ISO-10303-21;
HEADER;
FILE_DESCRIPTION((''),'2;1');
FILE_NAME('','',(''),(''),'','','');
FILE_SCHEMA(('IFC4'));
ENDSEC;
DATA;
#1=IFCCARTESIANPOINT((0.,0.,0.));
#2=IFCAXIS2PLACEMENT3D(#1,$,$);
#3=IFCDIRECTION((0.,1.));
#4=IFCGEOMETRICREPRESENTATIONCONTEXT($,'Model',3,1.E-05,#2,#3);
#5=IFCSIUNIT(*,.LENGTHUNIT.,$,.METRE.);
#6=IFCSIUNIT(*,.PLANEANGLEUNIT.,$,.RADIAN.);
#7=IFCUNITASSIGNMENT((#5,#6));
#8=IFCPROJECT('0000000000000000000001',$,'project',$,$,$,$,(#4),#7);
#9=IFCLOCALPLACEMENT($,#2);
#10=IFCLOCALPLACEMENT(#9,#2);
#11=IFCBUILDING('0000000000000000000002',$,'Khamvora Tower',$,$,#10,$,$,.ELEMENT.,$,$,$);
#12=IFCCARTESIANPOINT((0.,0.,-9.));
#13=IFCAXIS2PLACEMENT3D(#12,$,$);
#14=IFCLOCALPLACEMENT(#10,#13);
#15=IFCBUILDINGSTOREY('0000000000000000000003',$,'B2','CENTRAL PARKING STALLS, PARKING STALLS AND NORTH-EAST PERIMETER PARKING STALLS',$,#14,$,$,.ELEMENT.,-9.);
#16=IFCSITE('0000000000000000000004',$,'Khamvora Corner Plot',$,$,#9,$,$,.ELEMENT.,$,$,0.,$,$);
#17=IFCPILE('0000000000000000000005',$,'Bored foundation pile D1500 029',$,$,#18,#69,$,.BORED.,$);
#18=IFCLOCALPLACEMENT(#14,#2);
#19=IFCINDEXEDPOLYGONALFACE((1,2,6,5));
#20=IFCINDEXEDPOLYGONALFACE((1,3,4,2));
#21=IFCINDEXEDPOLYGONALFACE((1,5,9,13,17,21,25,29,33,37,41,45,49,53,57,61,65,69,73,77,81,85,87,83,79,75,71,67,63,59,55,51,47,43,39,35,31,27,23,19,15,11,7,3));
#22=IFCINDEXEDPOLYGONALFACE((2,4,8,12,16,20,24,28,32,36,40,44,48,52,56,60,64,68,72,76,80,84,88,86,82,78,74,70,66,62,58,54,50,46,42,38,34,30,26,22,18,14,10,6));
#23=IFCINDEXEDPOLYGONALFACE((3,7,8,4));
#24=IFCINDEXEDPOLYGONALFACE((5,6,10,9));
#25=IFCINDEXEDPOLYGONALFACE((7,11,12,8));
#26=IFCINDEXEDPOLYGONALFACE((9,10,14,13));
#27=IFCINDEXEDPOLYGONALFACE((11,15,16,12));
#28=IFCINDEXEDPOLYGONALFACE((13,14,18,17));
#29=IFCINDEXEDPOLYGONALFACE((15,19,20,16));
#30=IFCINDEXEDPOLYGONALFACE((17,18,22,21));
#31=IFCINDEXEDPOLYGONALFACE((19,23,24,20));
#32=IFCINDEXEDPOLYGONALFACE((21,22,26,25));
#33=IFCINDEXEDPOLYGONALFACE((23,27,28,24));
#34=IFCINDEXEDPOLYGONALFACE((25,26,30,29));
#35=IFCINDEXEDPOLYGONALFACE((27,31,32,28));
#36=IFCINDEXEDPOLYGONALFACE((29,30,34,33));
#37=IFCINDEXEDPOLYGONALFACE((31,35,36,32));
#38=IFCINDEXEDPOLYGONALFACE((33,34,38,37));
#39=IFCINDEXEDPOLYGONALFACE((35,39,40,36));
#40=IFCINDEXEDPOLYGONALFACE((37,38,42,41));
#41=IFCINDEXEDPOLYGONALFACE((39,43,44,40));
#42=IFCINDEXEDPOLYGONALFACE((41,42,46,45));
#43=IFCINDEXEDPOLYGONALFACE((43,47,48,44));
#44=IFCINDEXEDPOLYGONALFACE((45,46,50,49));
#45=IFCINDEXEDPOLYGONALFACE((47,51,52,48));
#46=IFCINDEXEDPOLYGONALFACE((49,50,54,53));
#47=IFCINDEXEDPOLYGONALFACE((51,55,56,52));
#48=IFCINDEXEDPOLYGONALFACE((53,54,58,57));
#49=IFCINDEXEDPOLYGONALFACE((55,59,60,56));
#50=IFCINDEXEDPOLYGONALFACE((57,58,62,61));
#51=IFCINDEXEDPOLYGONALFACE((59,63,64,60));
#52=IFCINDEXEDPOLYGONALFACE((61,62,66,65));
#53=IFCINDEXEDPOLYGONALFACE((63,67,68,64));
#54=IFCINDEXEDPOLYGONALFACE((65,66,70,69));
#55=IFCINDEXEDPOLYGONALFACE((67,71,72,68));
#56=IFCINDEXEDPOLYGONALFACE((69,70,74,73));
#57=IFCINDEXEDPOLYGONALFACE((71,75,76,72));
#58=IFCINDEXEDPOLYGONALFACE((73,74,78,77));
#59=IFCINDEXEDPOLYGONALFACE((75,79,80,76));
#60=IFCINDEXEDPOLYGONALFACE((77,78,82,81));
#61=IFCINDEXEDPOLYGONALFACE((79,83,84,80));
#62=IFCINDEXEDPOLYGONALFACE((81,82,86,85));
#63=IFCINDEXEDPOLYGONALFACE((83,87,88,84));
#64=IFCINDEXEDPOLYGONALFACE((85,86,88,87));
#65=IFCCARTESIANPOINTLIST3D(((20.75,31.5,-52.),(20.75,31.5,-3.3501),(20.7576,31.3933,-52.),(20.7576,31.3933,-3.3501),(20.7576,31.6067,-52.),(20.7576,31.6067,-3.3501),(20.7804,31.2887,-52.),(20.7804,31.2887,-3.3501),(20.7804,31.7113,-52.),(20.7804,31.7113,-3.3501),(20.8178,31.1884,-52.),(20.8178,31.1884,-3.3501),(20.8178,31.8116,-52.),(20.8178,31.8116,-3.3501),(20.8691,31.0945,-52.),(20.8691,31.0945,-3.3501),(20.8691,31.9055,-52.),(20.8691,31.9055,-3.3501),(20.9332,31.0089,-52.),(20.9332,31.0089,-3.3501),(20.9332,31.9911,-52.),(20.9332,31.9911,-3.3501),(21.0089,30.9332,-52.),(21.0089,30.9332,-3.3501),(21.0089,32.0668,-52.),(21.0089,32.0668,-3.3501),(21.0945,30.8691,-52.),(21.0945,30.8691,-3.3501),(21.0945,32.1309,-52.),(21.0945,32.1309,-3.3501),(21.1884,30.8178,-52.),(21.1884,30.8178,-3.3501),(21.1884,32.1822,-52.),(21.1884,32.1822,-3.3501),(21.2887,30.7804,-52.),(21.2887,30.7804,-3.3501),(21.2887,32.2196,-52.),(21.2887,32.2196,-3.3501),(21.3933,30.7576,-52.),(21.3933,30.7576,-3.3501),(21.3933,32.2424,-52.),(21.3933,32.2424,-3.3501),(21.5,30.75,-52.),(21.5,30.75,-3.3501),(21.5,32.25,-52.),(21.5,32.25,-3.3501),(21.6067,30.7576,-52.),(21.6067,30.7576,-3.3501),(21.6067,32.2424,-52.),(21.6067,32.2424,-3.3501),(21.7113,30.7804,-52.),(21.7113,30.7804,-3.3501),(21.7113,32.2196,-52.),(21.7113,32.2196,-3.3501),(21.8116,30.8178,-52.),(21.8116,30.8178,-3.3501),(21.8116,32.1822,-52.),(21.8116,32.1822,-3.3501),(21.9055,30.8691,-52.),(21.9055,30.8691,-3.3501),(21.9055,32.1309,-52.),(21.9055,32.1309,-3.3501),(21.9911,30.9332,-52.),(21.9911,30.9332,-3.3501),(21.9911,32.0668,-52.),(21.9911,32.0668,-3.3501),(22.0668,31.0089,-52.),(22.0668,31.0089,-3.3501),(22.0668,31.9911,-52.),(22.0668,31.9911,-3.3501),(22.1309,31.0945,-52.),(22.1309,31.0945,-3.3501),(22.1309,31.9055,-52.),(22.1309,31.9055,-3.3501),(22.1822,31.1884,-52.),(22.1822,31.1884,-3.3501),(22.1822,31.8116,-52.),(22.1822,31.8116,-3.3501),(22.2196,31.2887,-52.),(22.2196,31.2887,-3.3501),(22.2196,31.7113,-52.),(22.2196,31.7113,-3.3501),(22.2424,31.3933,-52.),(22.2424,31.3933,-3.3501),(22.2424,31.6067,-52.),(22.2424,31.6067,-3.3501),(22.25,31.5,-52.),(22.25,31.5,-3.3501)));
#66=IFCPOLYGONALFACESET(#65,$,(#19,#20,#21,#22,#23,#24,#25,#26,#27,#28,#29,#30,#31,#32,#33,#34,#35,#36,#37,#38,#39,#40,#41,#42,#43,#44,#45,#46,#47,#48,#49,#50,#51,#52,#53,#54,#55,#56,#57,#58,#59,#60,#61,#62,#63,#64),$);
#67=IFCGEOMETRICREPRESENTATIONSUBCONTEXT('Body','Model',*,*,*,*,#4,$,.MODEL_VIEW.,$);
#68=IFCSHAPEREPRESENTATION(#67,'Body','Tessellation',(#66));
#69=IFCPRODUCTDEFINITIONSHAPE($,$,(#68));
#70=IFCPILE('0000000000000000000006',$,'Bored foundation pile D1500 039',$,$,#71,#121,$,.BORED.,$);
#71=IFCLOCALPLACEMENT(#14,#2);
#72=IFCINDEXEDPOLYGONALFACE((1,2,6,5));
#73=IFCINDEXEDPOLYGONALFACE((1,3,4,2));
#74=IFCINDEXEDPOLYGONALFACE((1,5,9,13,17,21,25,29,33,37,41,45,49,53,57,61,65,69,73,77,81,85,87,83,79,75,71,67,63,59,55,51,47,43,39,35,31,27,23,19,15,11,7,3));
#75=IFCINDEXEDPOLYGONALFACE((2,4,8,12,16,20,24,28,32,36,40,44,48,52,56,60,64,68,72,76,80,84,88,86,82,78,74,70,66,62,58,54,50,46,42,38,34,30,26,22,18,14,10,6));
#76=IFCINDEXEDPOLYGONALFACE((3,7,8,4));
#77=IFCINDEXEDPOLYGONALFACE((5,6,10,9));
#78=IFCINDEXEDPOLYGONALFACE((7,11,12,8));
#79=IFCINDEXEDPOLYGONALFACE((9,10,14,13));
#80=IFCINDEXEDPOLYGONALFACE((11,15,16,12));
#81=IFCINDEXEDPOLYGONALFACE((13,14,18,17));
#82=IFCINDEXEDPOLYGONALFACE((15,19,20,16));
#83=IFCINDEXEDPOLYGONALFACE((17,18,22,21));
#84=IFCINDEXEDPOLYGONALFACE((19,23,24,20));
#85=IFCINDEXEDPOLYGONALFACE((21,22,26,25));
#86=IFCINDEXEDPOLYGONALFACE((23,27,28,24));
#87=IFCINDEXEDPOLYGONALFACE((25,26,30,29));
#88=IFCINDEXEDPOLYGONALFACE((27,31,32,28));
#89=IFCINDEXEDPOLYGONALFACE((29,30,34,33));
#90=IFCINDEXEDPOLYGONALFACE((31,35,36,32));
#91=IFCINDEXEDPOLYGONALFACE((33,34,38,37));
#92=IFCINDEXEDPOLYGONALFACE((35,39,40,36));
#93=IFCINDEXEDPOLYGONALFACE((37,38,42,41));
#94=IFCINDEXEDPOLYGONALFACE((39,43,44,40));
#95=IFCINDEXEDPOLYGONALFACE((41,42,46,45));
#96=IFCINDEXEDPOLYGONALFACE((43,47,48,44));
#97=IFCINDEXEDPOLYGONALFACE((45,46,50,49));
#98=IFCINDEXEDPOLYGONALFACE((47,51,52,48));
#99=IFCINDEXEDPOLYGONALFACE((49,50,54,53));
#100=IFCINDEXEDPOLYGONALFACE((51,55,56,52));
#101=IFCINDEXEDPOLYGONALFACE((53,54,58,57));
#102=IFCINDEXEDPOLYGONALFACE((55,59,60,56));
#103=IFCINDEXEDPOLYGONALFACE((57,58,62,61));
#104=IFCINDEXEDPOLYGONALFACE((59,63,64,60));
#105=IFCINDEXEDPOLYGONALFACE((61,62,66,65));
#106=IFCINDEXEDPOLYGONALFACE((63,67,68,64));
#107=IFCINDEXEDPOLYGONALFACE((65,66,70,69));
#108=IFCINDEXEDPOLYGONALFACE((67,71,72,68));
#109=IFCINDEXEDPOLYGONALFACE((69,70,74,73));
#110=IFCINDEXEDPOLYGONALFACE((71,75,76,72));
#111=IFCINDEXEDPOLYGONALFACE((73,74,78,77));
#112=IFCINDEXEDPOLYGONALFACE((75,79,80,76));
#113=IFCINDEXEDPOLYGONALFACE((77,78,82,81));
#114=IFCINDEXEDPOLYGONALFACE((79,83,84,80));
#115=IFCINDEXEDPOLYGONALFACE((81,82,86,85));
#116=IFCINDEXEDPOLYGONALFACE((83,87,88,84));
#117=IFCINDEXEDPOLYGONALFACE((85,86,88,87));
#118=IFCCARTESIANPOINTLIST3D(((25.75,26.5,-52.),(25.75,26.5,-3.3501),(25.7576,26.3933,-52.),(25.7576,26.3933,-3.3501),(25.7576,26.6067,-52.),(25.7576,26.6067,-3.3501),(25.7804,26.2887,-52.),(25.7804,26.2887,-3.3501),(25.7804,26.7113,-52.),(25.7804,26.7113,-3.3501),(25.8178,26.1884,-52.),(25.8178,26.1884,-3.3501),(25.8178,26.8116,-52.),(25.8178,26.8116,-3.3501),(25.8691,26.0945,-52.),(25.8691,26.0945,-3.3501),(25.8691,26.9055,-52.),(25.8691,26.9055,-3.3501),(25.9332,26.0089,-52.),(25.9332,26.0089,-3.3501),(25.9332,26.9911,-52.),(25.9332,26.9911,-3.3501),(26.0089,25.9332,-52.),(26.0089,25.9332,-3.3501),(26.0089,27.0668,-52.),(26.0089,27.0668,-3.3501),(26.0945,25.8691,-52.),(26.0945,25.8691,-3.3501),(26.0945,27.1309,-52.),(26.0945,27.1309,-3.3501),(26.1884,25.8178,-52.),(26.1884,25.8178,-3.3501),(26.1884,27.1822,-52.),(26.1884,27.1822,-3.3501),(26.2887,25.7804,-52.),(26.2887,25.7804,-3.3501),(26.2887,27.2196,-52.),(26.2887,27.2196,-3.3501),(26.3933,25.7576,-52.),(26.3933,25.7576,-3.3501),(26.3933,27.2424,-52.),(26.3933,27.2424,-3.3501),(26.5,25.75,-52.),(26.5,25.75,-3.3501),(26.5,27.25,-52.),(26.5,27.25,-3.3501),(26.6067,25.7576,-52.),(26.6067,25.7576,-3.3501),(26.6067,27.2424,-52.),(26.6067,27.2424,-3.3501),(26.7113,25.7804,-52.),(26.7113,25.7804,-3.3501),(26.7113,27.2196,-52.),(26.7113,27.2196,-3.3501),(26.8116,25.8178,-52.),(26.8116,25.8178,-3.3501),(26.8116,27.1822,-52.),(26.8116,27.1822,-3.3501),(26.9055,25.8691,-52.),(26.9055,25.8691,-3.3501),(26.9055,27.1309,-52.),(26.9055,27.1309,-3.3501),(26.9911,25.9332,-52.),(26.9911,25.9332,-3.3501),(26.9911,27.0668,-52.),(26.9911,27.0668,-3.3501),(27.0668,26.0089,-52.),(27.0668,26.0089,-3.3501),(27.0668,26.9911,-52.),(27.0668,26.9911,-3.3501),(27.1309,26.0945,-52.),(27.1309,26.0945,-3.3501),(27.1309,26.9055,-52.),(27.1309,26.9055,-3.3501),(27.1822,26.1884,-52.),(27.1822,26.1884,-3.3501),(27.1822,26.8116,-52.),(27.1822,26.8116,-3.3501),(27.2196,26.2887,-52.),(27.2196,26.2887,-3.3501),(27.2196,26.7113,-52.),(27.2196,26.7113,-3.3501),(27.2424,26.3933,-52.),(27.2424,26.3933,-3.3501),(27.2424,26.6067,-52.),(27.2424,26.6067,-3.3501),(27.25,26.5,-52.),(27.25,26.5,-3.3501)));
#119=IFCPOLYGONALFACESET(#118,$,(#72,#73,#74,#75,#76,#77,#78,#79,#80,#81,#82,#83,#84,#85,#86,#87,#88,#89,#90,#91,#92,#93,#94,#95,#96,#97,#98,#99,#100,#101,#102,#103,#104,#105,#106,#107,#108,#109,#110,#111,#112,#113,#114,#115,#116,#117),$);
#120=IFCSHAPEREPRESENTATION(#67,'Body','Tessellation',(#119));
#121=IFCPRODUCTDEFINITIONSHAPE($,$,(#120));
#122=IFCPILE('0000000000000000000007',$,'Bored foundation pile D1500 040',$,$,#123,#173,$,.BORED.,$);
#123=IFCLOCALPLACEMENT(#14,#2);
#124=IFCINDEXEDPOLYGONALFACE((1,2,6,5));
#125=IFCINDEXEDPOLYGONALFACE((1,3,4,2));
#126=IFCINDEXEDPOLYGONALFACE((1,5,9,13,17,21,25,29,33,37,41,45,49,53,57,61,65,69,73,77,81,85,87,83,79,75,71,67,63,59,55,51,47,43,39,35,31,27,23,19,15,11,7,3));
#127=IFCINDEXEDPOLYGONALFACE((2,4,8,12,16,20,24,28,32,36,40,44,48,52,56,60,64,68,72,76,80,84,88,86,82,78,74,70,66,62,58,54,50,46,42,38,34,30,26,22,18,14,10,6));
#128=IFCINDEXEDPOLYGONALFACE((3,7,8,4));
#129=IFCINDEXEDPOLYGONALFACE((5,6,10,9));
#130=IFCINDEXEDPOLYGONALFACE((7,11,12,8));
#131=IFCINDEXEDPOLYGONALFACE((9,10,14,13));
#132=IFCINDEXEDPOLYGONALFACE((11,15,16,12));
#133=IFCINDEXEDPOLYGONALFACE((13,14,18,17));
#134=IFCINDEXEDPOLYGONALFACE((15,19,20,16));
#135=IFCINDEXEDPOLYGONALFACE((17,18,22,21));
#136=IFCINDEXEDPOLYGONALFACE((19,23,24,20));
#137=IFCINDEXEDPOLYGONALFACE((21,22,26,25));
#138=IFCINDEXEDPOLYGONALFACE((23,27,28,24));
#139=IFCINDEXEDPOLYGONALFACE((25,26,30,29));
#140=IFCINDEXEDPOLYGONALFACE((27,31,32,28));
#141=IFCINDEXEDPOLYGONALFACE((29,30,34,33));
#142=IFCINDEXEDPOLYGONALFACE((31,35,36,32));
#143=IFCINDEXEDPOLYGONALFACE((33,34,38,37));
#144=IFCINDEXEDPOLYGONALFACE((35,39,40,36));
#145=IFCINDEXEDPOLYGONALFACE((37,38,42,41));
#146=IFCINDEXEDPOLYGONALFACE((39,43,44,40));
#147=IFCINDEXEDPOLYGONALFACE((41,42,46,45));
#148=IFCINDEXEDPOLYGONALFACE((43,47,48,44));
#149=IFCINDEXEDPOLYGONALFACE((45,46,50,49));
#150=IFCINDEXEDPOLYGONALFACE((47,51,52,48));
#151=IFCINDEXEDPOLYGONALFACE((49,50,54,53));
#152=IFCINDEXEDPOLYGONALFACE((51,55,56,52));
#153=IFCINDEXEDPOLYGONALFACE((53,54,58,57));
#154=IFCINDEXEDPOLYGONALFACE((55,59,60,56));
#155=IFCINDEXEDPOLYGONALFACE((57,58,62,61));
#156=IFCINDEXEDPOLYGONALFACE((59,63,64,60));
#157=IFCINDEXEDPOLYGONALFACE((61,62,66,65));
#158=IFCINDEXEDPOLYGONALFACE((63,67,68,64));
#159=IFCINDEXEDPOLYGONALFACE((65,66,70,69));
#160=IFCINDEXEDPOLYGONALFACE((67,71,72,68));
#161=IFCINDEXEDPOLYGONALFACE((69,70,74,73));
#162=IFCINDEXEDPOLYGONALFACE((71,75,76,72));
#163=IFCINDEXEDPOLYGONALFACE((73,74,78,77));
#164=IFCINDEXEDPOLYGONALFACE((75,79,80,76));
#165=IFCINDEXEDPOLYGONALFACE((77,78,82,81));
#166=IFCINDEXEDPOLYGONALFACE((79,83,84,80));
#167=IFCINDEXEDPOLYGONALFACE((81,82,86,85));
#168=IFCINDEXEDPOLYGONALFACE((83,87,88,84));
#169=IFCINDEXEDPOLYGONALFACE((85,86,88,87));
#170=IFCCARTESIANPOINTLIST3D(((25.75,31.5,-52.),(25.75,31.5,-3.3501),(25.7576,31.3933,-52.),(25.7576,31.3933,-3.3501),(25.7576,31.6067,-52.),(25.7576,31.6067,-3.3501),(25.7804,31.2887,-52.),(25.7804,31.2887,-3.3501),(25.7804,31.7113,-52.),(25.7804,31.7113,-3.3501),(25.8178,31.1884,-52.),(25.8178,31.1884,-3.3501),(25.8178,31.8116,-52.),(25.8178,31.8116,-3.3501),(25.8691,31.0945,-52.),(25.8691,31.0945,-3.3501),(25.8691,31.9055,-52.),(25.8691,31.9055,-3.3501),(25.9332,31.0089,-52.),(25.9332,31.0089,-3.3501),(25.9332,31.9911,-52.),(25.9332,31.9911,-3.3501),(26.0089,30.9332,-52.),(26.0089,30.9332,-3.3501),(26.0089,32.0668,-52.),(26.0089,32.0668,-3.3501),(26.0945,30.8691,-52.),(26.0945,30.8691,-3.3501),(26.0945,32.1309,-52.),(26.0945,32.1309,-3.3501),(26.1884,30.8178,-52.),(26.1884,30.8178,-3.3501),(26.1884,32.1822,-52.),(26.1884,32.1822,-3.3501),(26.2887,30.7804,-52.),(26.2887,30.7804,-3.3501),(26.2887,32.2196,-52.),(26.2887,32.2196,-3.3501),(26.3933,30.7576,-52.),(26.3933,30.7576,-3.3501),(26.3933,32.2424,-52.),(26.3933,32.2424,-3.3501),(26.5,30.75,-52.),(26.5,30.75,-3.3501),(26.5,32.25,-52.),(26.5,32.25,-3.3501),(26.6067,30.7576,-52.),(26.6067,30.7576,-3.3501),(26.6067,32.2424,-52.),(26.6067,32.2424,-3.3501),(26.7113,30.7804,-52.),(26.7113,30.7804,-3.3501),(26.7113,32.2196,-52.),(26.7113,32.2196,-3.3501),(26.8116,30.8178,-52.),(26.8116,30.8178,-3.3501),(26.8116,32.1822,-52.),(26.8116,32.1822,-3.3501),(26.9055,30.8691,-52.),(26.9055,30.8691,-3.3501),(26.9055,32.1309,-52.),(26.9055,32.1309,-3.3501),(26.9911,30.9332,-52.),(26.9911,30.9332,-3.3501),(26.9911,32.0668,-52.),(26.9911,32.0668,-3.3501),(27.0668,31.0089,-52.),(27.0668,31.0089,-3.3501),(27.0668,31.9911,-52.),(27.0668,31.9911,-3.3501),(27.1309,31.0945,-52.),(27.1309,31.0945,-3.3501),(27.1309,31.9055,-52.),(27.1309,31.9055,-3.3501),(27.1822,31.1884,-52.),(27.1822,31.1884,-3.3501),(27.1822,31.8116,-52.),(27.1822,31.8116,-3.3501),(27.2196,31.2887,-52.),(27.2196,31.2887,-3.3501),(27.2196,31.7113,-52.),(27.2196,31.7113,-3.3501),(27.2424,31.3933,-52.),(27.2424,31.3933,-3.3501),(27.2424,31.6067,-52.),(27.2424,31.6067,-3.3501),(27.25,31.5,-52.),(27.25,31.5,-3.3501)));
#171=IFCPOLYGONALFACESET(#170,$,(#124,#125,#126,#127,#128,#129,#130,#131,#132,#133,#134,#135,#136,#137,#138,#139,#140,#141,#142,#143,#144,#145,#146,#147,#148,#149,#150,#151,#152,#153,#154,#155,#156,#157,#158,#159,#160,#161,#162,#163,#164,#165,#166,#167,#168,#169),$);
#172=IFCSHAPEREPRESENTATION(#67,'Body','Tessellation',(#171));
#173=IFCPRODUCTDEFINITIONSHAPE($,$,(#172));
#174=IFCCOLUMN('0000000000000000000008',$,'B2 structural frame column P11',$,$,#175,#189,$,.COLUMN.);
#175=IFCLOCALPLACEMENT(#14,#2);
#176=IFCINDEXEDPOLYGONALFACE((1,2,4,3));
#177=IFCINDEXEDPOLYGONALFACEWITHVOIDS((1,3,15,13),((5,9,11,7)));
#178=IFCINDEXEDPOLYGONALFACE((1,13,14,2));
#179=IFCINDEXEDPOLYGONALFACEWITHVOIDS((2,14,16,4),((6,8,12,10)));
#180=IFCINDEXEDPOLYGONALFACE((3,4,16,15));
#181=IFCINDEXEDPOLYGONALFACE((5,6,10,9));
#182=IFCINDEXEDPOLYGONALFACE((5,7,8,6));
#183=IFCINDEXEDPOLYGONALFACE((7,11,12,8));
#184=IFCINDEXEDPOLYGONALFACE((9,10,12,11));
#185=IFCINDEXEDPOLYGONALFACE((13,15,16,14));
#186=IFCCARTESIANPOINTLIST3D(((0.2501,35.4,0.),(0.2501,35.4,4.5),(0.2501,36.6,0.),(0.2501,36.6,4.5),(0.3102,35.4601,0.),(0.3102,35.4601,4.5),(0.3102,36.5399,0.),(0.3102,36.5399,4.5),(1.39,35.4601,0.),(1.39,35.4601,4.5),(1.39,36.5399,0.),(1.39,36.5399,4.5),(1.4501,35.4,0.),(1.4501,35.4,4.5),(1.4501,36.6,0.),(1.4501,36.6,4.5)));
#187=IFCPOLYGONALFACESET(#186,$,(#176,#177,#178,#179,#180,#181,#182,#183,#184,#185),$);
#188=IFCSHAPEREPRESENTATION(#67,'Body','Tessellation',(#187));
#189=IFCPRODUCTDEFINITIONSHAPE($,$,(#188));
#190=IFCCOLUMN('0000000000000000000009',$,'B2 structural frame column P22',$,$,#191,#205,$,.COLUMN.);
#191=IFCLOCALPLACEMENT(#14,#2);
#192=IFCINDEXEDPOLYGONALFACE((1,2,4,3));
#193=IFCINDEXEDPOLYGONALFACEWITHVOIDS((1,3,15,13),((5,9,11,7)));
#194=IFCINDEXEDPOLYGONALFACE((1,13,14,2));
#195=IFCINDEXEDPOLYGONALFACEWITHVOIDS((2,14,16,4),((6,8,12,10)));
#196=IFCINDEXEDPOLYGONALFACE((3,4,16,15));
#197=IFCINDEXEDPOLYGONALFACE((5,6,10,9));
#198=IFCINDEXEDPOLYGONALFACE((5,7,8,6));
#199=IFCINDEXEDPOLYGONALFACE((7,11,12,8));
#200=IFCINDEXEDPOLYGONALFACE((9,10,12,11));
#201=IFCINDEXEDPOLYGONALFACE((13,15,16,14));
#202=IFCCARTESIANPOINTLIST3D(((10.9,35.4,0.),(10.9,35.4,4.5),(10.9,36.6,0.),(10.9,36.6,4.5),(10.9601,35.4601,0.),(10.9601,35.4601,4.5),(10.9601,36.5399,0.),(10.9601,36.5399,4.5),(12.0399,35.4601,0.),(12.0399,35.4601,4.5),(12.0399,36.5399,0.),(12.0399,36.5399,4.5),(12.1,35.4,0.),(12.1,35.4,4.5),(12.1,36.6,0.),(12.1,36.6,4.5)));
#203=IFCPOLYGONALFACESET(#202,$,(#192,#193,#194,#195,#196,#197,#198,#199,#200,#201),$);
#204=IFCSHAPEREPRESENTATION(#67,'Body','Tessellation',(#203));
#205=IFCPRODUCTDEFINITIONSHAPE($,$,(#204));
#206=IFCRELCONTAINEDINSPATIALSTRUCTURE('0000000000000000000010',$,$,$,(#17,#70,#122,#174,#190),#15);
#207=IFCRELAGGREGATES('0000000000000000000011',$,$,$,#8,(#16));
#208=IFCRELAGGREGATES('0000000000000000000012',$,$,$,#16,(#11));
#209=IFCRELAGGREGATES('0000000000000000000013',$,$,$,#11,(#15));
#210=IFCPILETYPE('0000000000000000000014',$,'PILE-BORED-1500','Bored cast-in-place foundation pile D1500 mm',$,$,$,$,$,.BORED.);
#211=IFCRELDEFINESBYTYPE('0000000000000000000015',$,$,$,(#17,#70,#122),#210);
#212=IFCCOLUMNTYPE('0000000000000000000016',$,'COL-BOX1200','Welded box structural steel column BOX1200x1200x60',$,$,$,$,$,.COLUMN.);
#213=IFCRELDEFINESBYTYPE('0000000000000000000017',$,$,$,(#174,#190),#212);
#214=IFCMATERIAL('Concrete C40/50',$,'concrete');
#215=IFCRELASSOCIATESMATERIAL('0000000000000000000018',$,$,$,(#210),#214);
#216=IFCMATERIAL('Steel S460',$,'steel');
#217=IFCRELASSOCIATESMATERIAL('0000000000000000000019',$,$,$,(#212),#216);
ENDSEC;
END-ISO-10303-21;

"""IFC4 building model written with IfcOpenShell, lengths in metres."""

from ifc_helpers import new_model, si_unit, direction, frame, origin, origin_2d, place, context, subcontext, project, spatial, hollow_rectangle, circle, extrude, material, material_profile, profile_set, type_object, element, save


model = new_model("IFC4")

# Units and contexts
model_context = context("Model", 3, precision=1e-05, world=origin(), true_north=direction((0.0, 1.0)))
body_context = subcontext(model_context, "Body", "Model", "MODEL_VIEW")
ifc_project = project(units=[si_unit("LENGTHUNIT", "METRE"), si_unit("PLANEANGLEUNIT", "RADIAN")], contexts=[model_context])

# Site, building, storey
site_placement = place(None, origin())
site = spatial("IfcSite", under=ifc_project, at=site_placement, Name="Khamvora Corner Plot", CompositionType="ELEMENT", RefElevation=0.0)
building_placement = place(site_placement, origin())
building = spatial("IfcBuilding", under=site, at=building_placement, Name="Khamvora Tower", CompositionType="ELEMENT")
storey_placement = place(building_placement, frame((0.0, 0.0, -9.0)))
storey = spatial("IfcBuildingStorey", under=building, at=storey_placement, Name="B2", Description="CENTRAL PARKING STALLS, PARKING STALLS AND NORTH-EAST PERIMETER PARKING STALLS", CompositionType="ELEMENT", Elevation=-9.0)

# Piles
ifc_material_1 = material(Name="Concrete C40/50", Category="concrete")
ifc_material_profile_1 = material_profile(ifc_material_1, circle(Radius=0.75, at=origin_2d()), Name="PILE_D1500")
ifc_profile_set_1 = profile_set([ifc_material_profile_1], Name="Concrete C40/50")
pile_type_1 = type_object("IfcPileType", Name="PILE-BORED-1500", Description="Bored cast-in-place foundation pile D1500 mm", PredefinedType="BORED", material=ifc_profile_set_1)
for number, where, z_axis, x_axis, name in (
    (1, (21.5, 31.5, -3.3501), (0.0, 0.0, -1.0), (1.0, 0.0, 0.0), "Bored foundation pile D1500 029"),
    (2, (26.5, 26.5, -3.3501), (0.0, 0.0, -1.0), (1.0, 0.0, 0.0), "Bored foundation pile D1500 039"),
    (3, (26.5, 31.5, -3.3501), (0.0, 0.0, -1.0), (1.0, 0.0, 0.0), "Bored foundation pile D1500 040"),
):
    element("IfcPile", number, at=place(storey_placement, frame(where, z_axis=z_axis, x_axis=x_axis)), inside=storey, type_object=pile_type_1, Name=name, PredefinedType="BORED", context=body_context, shape_type="SweptSolid", body=[
        extrude(circle(Radius=0.75, at=origin_2d()), origin(), (0.0, 0.0, 1.0), 48.6499),
    ])

# Columns
ifc_material_2 = material(Name="Steel S460", Category="steel")
ifc_material_profile_2 = material_profile(ifc_material_2, hollow_rectangle(XDim=1.2, YDim=1.2, WallThickness=0.0601, at=origin_2d()), Name="BOX1200x1200x60")
ifc_profile_set_2 = profile_set([ifc_material_profile_2], Name="Steel S460")
column_type = type_object("IfcColumnType", Name="COL-BOX1200", Description="Welded box structural steel column BOX1200x1200x60", PredefinedType="COLUMN", material=ifc_profile_set_2)
for number, where, z_axis, x_axis, name in (
    (4, (0.8501, 36.0, 0.0), (0.0, 0.0, 1.0), (1.0, 0.0, 0.0), "B2 structural frame column P11"),
    (5, (11.5, 36.0, 0.0), (0.0, 0.0, 1.0), (1.0, 0.0, 0.0), "B2 structural frame column P22"),
):
    element("IfcColumn", number, at=place(storey_placement, frame(where, z_axis=z_axis, x_axis=x_axis)), inside=storey, type_object=column_type, Name=name, PredefinedType="COLUMN", context=body_context, shape_type="SweptSolid", body=[
        extrude(hollow_rectangle(XDim=1.2, YDim=1.2, WallThickness=0.0601, at=origin_2d()), origin(), (0.0, 0.0, 1.0), 4.5),
    ])

save(model, "model.ifc")
